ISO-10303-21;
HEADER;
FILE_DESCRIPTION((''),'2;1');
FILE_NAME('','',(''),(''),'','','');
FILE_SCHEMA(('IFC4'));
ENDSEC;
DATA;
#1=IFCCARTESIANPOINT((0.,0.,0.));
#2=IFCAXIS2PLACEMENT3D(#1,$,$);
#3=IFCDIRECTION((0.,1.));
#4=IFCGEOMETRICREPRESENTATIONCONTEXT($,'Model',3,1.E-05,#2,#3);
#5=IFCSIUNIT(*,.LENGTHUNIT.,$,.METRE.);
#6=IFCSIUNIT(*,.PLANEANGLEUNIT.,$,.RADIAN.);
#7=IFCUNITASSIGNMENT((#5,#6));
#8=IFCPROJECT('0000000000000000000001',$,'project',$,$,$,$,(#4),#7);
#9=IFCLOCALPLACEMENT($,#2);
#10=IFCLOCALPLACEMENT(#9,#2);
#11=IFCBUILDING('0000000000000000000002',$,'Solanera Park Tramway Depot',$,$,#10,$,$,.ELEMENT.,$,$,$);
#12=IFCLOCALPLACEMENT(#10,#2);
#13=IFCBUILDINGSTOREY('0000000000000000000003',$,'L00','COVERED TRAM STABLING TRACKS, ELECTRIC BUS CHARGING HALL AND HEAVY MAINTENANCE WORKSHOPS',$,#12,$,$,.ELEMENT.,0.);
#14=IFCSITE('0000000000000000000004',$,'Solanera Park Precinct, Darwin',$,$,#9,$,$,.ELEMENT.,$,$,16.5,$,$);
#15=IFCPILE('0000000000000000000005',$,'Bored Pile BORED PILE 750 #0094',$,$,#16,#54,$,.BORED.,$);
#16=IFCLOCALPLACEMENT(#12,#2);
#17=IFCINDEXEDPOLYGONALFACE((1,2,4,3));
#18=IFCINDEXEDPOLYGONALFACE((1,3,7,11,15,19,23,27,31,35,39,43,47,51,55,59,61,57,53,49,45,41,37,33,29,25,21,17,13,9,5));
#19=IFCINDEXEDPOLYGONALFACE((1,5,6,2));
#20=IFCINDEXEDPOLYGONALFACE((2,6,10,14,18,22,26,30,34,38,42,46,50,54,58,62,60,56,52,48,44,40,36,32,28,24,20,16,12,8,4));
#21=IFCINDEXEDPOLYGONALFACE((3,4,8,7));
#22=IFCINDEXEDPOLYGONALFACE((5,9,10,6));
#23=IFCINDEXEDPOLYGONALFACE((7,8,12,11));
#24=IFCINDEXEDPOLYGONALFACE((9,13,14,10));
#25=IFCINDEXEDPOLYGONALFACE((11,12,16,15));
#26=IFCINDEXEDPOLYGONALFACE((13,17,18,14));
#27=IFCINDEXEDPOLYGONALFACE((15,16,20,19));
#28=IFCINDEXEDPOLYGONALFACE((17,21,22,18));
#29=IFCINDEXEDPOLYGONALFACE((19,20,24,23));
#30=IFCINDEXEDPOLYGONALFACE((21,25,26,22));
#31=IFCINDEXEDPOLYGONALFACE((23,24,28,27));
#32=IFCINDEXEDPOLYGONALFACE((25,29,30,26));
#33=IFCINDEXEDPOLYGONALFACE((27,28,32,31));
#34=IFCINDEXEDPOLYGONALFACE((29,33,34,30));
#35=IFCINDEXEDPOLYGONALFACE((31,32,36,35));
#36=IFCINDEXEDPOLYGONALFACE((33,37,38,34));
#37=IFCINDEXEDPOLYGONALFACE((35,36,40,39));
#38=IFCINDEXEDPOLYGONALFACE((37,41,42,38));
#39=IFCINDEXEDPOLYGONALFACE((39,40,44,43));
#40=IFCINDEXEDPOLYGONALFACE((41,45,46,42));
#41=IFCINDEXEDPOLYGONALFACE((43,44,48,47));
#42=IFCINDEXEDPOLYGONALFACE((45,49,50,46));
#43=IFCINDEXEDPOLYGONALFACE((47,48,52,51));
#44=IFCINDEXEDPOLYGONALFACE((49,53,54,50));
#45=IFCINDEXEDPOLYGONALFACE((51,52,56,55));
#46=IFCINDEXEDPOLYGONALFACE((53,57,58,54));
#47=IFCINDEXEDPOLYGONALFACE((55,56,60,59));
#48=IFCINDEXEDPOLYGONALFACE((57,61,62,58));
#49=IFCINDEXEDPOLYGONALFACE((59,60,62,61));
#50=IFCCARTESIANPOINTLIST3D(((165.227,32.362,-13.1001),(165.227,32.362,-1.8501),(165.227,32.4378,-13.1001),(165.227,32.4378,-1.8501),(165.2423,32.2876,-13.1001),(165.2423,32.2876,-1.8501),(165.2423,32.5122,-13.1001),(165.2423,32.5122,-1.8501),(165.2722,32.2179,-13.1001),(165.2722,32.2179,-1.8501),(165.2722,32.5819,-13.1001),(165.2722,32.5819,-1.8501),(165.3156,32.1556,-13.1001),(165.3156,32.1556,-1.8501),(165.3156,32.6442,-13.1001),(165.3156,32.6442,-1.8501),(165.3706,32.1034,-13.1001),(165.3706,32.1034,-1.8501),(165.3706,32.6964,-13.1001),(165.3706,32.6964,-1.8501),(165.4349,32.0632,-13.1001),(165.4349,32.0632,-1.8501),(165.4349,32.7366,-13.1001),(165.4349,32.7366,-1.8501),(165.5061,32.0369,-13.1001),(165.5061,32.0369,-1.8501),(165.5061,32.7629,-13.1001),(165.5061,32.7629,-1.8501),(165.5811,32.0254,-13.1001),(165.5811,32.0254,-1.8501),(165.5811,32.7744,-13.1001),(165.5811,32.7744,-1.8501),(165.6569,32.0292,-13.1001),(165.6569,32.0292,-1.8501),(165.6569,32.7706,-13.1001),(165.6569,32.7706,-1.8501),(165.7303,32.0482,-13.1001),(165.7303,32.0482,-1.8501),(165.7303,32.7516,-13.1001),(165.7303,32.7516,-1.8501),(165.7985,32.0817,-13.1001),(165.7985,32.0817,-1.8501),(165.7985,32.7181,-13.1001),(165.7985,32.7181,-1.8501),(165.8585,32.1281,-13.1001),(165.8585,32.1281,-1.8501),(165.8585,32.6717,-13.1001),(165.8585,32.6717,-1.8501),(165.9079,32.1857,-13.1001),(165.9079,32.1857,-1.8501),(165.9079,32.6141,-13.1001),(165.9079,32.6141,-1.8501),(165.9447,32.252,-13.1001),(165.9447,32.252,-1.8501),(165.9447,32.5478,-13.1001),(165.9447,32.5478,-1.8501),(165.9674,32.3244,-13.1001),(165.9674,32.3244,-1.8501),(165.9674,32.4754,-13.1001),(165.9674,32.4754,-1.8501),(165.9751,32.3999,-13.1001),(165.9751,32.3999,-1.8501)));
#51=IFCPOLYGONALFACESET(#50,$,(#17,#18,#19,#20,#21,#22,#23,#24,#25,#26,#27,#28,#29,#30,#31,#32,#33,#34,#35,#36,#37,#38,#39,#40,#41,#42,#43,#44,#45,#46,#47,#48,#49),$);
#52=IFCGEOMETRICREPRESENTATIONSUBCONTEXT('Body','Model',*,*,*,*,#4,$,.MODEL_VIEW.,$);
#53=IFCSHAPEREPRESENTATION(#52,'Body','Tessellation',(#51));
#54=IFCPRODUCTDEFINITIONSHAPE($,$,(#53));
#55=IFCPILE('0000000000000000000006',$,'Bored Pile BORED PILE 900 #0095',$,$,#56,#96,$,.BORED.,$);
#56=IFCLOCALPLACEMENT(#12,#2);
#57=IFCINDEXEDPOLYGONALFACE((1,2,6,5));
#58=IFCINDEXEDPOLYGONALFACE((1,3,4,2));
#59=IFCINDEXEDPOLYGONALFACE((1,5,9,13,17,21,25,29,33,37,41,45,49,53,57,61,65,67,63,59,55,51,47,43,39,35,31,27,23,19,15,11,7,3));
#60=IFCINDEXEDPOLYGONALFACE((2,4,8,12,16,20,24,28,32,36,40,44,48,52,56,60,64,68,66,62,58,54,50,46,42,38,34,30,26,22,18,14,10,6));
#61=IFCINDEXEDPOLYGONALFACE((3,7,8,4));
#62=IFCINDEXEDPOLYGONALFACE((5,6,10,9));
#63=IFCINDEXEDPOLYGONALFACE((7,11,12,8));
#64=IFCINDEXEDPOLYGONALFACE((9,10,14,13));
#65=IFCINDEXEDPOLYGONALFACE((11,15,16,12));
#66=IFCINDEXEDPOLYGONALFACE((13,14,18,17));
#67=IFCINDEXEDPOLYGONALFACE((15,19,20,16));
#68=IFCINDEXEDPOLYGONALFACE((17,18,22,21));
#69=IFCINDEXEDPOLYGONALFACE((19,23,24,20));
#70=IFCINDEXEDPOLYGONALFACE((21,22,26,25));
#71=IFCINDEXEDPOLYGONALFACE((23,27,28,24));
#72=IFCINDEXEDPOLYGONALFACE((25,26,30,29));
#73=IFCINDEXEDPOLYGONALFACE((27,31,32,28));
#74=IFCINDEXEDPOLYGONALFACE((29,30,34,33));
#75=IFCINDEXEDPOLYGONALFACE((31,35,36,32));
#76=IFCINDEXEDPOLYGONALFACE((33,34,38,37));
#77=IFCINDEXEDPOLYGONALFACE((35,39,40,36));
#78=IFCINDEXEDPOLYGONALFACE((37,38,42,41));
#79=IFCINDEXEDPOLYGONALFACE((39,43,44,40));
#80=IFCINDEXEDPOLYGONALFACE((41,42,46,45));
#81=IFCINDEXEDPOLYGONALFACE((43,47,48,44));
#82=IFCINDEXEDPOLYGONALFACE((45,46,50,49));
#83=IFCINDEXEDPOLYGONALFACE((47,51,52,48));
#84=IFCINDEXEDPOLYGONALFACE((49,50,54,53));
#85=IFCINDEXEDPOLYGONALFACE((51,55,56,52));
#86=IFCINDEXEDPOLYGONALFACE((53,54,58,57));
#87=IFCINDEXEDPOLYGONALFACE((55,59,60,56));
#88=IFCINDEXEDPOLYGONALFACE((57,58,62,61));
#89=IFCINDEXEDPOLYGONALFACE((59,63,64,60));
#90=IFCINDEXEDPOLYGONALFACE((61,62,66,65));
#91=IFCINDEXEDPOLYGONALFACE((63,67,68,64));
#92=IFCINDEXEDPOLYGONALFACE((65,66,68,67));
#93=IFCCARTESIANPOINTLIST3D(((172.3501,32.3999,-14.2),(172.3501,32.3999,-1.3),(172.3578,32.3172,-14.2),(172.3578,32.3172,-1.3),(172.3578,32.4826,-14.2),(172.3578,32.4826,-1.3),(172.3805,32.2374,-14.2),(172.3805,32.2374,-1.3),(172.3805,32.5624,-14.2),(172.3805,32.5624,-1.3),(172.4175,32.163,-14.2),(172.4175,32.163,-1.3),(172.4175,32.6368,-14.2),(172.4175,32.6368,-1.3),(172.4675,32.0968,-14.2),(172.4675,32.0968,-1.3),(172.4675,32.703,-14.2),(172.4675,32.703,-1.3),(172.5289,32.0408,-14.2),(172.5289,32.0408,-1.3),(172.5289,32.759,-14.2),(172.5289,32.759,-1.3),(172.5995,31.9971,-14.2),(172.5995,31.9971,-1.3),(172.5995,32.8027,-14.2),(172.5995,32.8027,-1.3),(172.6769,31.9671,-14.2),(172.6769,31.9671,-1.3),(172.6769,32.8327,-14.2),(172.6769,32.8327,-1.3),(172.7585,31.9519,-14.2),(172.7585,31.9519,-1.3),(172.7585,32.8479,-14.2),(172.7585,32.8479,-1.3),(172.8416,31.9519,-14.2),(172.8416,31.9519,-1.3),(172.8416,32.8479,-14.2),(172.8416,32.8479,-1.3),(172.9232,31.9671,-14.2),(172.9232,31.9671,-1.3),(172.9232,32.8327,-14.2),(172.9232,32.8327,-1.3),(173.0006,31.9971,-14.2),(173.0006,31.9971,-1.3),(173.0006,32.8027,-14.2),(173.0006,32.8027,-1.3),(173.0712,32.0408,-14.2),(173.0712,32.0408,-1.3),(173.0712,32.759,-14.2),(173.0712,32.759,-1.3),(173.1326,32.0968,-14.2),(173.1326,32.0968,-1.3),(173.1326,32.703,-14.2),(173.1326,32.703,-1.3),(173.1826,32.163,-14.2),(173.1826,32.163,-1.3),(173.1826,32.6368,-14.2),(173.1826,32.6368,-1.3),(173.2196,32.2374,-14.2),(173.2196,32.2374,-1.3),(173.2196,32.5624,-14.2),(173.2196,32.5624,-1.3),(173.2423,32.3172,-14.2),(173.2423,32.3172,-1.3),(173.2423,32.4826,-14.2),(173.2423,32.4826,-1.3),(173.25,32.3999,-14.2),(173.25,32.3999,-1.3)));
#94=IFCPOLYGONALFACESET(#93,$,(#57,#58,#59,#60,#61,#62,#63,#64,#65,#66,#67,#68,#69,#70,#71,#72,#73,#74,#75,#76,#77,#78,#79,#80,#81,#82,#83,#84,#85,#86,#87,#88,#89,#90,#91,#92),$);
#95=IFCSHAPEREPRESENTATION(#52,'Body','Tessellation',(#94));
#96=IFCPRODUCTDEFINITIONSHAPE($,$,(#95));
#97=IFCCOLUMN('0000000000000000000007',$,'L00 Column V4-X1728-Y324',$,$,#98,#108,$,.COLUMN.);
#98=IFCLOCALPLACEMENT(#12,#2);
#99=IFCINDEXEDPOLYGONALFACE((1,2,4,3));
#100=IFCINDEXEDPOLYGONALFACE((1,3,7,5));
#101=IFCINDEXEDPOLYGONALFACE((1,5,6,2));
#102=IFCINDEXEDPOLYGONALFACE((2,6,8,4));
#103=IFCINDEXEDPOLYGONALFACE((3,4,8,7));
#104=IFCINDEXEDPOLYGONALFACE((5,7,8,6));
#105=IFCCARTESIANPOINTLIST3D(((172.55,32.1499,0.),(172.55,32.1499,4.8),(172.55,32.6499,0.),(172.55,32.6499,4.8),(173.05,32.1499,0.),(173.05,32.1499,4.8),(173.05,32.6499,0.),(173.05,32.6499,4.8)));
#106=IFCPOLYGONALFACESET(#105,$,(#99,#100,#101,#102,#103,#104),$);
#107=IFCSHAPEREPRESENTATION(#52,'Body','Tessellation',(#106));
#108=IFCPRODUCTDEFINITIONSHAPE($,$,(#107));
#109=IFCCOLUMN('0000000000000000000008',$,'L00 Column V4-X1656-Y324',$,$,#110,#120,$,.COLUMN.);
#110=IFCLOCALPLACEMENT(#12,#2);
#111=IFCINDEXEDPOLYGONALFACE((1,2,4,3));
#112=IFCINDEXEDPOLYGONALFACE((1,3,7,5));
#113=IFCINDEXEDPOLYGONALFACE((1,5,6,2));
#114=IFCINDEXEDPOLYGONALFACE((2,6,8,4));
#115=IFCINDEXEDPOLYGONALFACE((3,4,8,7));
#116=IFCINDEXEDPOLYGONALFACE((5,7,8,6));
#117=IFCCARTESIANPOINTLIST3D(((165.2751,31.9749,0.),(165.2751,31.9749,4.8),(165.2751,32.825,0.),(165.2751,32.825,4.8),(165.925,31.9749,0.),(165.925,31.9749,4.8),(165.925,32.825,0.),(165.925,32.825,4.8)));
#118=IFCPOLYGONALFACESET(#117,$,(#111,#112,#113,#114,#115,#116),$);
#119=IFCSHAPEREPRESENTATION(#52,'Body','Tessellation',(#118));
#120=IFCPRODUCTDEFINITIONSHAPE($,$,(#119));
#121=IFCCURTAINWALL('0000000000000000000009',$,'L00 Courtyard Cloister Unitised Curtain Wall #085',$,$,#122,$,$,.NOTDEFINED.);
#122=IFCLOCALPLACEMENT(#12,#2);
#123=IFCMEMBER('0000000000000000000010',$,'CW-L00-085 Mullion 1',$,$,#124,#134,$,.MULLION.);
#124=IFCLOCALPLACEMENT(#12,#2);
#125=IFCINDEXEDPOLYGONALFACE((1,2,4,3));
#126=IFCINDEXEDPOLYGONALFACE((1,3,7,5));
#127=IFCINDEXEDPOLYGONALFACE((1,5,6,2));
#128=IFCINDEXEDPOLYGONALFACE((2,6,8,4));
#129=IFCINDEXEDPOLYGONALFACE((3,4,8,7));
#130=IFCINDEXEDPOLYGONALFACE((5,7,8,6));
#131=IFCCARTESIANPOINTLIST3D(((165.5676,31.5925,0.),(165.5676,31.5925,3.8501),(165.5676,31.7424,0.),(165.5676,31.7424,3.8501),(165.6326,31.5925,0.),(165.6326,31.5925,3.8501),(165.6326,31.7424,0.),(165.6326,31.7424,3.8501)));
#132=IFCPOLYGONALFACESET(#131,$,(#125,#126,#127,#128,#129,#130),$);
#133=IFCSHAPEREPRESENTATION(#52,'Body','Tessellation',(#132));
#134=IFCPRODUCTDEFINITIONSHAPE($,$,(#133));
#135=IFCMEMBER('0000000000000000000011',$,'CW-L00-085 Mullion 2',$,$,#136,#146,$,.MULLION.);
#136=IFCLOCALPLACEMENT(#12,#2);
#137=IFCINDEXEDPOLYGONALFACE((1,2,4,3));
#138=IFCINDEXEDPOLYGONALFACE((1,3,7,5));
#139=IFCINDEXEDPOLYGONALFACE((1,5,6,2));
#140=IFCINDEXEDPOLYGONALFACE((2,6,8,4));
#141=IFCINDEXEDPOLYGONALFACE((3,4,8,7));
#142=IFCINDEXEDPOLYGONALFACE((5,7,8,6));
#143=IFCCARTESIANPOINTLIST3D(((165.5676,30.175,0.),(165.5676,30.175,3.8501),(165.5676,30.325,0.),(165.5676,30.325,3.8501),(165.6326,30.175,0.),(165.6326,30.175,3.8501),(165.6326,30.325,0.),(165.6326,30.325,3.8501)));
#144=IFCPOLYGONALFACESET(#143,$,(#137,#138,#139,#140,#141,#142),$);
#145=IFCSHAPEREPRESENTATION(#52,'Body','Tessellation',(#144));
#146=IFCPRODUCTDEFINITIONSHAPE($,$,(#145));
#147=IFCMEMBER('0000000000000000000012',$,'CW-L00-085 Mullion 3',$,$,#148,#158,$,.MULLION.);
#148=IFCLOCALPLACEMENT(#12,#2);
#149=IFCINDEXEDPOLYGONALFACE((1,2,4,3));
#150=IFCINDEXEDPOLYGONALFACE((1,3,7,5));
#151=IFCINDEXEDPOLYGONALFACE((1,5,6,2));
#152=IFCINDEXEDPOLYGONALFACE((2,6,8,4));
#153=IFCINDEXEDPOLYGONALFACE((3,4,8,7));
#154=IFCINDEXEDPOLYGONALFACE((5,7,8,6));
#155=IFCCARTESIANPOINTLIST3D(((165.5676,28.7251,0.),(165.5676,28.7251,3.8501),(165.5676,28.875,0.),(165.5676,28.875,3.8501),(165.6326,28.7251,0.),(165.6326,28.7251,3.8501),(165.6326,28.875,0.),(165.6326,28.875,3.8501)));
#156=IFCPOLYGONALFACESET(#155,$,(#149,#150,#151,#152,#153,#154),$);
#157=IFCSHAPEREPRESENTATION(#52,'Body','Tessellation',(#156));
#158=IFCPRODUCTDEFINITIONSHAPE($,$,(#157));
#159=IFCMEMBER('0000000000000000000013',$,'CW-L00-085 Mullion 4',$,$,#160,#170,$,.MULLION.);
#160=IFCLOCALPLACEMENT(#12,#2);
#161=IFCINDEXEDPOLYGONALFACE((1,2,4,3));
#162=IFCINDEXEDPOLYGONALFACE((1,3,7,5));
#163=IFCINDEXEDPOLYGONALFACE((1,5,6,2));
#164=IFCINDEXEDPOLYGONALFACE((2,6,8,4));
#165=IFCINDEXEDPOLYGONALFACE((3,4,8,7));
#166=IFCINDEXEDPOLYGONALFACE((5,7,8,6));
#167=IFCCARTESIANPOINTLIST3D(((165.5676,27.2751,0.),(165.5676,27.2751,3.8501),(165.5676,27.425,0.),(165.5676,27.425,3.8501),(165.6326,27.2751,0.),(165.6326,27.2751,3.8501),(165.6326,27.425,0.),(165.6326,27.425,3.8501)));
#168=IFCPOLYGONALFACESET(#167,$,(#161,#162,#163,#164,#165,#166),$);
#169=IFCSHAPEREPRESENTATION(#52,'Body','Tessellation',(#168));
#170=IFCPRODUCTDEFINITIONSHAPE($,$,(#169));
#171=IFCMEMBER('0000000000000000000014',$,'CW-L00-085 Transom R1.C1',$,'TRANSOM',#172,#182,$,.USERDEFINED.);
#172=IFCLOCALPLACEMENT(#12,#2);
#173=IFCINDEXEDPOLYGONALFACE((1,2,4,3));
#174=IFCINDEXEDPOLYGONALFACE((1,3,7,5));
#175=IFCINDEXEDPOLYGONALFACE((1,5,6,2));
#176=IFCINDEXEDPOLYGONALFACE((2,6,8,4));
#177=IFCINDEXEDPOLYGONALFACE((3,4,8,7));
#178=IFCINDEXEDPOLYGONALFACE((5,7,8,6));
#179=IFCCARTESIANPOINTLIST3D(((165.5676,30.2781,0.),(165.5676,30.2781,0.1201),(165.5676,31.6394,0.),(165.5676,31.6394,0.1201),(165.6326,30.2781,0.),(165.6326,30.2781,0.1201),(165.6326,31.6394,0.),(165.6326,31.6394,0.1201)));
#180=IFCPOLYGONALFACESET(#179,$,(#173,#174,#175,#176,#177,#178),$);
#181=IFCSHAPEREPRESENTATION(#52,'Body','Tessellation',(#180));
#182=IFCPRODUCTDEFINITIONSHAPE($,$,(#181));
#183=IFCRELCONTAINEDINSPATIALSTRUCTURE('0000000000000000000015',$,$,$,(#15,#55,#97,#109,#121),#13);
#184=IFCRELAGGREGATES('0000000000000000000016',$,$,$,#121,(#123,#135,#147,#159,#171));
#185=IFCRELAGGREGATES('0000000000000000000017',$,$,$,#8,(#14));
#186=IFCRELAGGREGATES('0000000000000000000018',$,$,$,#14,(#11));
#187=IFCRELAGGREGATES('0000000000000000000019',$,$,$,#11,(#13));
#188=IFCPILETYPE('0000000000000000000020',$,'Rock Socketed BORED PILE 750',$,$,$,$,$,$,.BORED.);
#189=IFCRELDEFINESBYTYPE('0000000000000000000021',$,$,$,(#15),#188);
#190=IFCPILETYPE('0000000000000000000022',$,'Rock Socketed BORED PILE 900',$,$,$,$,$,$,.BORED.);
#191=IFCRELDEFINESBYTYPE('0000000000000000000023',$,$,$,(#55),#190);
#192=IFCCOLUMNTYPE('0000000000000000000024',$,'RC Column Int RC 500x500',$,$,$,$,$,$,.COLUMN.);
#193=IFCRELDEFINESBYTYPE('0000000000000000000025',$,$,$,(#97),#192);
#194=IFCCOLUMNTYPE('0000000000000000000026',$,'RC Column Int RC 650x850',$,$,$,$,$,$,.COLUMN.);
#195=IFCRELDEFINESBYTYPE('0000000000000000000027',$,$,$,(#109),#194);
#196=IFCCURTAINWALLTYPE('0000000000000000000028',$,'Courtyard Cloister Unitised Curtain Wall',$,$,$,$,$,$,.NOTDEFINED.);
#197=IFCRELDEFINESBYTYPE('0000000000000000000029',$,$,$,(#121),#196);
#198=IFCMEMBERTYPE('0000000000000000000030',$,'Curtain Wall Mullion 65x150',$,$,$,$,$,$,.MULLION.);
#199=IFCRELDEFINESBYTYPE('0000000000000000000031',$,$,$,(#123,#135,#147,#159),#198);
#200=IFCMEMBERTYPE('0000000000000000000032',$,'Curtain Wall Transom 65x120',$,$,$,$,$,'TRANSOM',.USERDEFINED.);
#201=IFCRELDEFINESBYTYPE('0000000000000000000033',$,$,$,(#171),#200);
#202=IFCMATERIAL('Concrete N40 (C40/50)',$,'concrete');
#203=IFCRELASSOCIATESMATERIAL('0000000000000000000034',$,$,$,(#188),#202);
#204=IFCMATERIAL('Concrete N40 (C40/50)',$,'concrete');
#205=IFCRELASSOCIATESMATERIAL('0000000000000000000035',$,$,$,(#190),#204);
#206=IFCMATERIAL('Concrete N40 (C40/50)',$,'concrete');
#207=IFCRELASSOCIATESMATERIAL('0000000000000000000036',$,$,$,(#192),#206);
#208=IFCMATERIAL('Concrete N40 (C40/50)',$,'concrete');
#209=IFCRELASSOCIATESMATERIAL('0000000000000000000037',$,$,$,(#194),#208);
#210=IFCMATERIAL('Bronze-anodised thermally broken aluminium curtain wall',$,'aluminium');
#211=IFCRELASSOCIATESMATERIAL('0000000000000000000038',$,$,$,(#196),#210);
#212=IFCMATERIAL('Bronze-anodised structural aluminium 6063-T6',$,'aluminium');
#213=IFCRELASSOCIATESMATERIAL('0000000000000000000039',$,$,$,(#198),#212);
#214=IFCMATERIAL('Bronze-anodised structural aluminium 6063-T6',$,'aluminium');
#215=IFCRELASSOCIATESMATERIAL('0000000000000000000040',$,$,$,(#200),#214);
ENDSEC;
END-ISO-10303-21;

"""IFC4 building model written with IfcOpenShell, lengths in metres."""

from ifc_helpers import new_model, si_unit, direction, frame, origin, origin_2d, place, context, subcontext, project, spatial, rectangle, circle, extrude, material, material_profile, profile_set, type_object, element, aggregate, save


model = new_model("IFC4")

# Units and contexts
model_context = context("Model", 3, precision=1e-05, world=origin(), true_north=direction((0.0, 1.0)))
body_context = subcontext(model_context, "Body", "Model", "MODEL_VIEW")
ifc_project = project(units=[si_unit("LENGTHUNIT", "METRE"), si_unit("PLANEANGLEUNIT", "RADIAN")], contexts=[model_context])

# Site, building, storey
site_placement = place(None, origin())
site = spatial("IfcSite", under=ifc_project, at=site_placement, Name="Solanera Park Precinct, Darwin", CompositionType="ELEMENT", RefElevation=16.5)
building_placement = place(site_placement, origin())
building = spatial("IfcBuilding", under=site, at=building_placement, Name="Solanera Park Tramway Depot", CompositionType="ELEMENT")
storey_placement = place(building_placement, origin())
storey = spatial("IfcBuildingStorey", under=building, at=storey_placement, Name="L00", Description="COVERED TRAM STABLING TRACKS, ELECTRIC BUS CHARGING HALL AND HEAVY MAINTENANCE WORKSHOPS", CompositionType="ELEMENT", Elevation=0.0)

# Piles
ifc_material_1 = material(Name="Concrete N40 (C40/50)", Category="concrete")
ifc_material_profile_1 = material_profile(ifc_material_1, circle(Radius=0.375, at=origin_2d()), Name="BORED PILE 750")
ifc_profile_set_1 = profile_set([ifc_material_profile_1], Name="Concrete N40 (C40/50)")
pile_type_1 = type_object("IfcPileType", Name="Rock Socketed BORED PILE 750", PredefinedType="BORED", material=ifc_profile_set_1)
pile_1_placement = place(storey_placement, frame((165.6001, 32.3999, -1.8501), z_axis=(0.0, 0.0, -1.0), x_axis=(1.0, 0.0, 0.0)))
element("IfcPile", 1, at=pile_1_placement, inside=storey, type_object=pile_type_1, Name="Bored Pile BORED PILE 750 #0094", PredefinedType="BORED", context=body_context, shape_type="SweptSolid", body=[
    extrude(circle(Radius=0.375, at=origin_2d()), origin(), (0.0, 0.0, 1.0), 11.25),
])
ifc_material_2 = material(Name="Concrete N40 (C40/50)", Category="concrete")
ifc_material_profile_2 = material_profile(ifc_material_2, circle(Radius=0.45, at=origin_2d()), Name="BORED PILE 900")
ifc_profile_set_2 = profile_set([ifc_material_profile_2], Name="Concrete N40 (C40/50)")
pile_type_2 = type_object("IfcPileType", Name="Rock Socketed BORED PILE 900", PredefinedType="BORED", material=ifc_profile_set_2)
pile_2_placement = place(storey_placement, frame((172.8, 32.3999, -1.3), z_axis=(0.0, 0.0, -1.0), x_axis=(1.0, 0.0, 0.0)))
element("IfcPile", 2, at=pile_2_placement, inside=storey, type_object=pile_type_2, Name="Bored Pile BORED PILE 900 #0095", PredefinedType="BORED", context=body_context, shape_type="SweptSolid", body=[
    extrude(circle(Radius=0.45, at=origin_2d()), origin(), (0.0, 0.0, 1.0), 12.8999),
])

# Columns
ifc_material_3 = material(Name="Concrete N40 (C40/50)", Category="concrete")
ifc_material_profile_3 = material_profile(ifc_material_3, rectangle(XDim=0.5, YDim=0.5, at=origin_2d()), Name="RC 500x500")
ifc_profile_set_3 = profile_set([ifc_material_profile_3], Name="Concrete N40 (C40/50)")
column_type_1 = type_object("IfcColumnType", Name="RC Column Int RC 500x500", PredefinedType="COLUMN", material=ifc_profile_set_3)
column_1_placement = place(storey_placement, frame((172.8, 32.3999, 0.0), z_axis=(0.0, 0.0, 1.0), x_axis=(1.0, 0.0, 0.0)))
element("IfcColumn", 3, at=column_1_placement, inside=storey, type_object=column_type_1, Name="L00 Column V4-X1728-Y324", PredefinedType="COLUMN", context=body_context, shape_type="SweptSolid", body=[
    extrude(rectangle(XDim=0.5, YDim=0.5, at=origin_2d()), origin(), (0.0, 0.0, 1.0), 4.8),
])
ifc_material_4 = material(Name="Concrete N40 (C40/50)", Category="concrete")
ifc_material_profile_4 = material_profile(ifc_material_4, rectangle(XDim=0.6499, YDim=0.8501, at=origin_2d()), Name="RC 650x850")
ifc_profile_set_4 = profile_set([ifc_material_profile_4], Name="Concrete N40 (C40/50)")
column_type_2 = type_object("IfcColumnType", Name="RC Column Int RC 650x850", PredefinedType="COLUMN", material=ifc_profile_set_4)
column_2_placement = place(storey_placement, frame((165.6001, 32.3999, 0.0), z_axis=(0.0, 0.0, 1.0), x_axis=(1.0, 0.0, 0.0)))
element("IfcColumn", 4, at=column_2_placement, inside=storey, type_object=column_type_2, Name="L00 Column V4-X1656-Y324", PredefinedType="COLUMN", context=body_context, shape_type="SweptSolid", body=[
    extrude(rectangle(XDim=0.6499, YDim=0.8501, at=origin_2d()), origin(), (0.0, 0.0, 1.0), 4.8),
])

# Curtain wall, members
ifc_material_5 = material(Name="Bronze-anodised thermally broken aluminium curtain wall", Category="aluminium")
curtain_wall_type = type_object("IfcCurtainWallType", Name="Courtyard Cloister Unitised Curtain Wall", PredefinedType="NOTDEFINED", material=ifc_material_5)
curtain_wall_placement = place(storey_placement, origin())
curtain_wall = element("IfcCurtainWall", 5, at=curtain_wall_placement, inside=storey, type_object=curtain_wall_type, Name="L00 Courtyard Cloister Unitised Curtain Wall #085", PredefinedType="NOTDEFINED")
ifc_material_6 = material(Name="Bronze-anodised structural aluminium 6063-T6", Category="aluminium")
ifc_material_profile_5 = material_profile(ifc_material_6, rectangle(XDim=0.0649, YDim=0.1499, at=origin_2d()), Name="Curtain Wall Mullion 65x150")
ifc_profile_set_5 = profile_set([ifc_material_profile_5], Name="Bronze-anodised structural aluminium 6063-T6")
member_type_1 = type_object("IfcMemberType", Name="Curtain Wall Mullion 65x150", PredefinedType="MULLION", material=ifc_profile_set_5)
member_1_placement = place(storey_placement, frame((165.6001, 31.6675, 0.0), z_axis=(0.0, 0.0, 1.0), x_axis=(1.0, 0.0, 0.0)))
member_1 = element("IfcMember", 6, at=member_1_placement, type_object=member_type_1, Name="CW-L00-085 Mullion 1", PredefinedType="MULLION", context=body_context, shape_type="SweptSolid", body=[
    extrude(rectangle(XDim=0.0649, YDim=0.1499, at=origin_2d()), origin(), (0.0, 0.0, 1.0), 3.8501),
])
member_2_placement = place(storey_placement, frame((165.6001, 30.25, 0.0), z_axis=(0.0, 0.0, 1.0), x_axis=(1.0, 0.0, 0.0)))
member_2 = element("IfcMember", 7, at=member_2_placement, type_object=member_type_1, Name="CW-L00-085 Mullion 2", PredefinedType="MULLION", context=body_context, shape_type="SweptSolid", body=[
    extrude(rectangle(XDim=0.0649, YDim=0.1499, at=origin_2d()), origin(), (0.0, 0.0, 1.0), 3.8501),
])
member_3_placement = place(storey_placement, frame((165.6001, 28.8, 0.0), z_axis=(0.0, 0.0, 1.0), x_axis=(1.0, 0.0, 0.0)))
member_3 = element("IfcMember", 8, at=member_3_placement, type_object=member_type_1, Name="CW-L00-085 Mullion 3", PredefinedType="MULLION", context=body_context, shape_type="SweptSolid", body=[
    extrude(rectangle(XDim=0.0649, YDim=0.1499, at=origin_2d()), origin(), (0.0, 0.0, 1.0), 3.8501),
])
member_4_placement = place(storey_placement, frame((165.6001, 27.3501, 0.0), z_axis=(0.0, 0.0, 1.0), x_axis=(1.0, 0.0, 0.0)))
member_4 = element("IfcMember", 9, at=member_4_placement, type_object=member_type_1, Name="CW-L00-085 Mullion 4", PredefinedType="MULLION", context=body_context, shape_type="SweptSolid", body=[
    extrude(rectangle(XDim=0.0649, YDim=0.1499, at=origin_2d()), origin(), (0.0, 0.0, 1.0), 3.8501),
])
ifc_material_7 = material(Name="Bronze-anodised structural aluminium 6063-T6", Category="aluminium")
ifc_material_profile_6 = material_profile(ifc_material_7, rectangle(XDim=0.0649, YDim=0.1201, at=origin_2d()), Name="Curtain Wall Transom 65x120")
ifc_profile_set_6 = profile_set([ifc_material_profile_6], Name="Bronze-anodised structural aluminium 6063-T6")
member_type_2 = type_object("IfcMemberType", Name="Curtain Wall Transom 65x120", ElementType="TRANSOM", PredefinedType="USERDEFINED", material=ifc_profile_set_6)
member_5_placement = place(storey_placement, frame((165.6001, 31.6394, 0.0601), z_axis=(0.0, -1.0, 0.0), x_axis=(1.0, 0.0, 0.0)))
member_5 = element("IfcMember", 10, at=member_5_placement, type_object=member_type_2, Name="CW-L00-085 Transom R1.C1", ObjectType="TRANSOM", PredefinedType="USERDEFINED", context=body_context, shape_type="SweptSolid", body=[
    extrude(rectangle(XDim=0.0649, YDim=0.1201, at=origin_2d()), origin(), (0.0, 0.0, 1.0), 1.3613),
])
aggregate(curtain_wall, [member_1, member_2, member_3, member_4, member_5])

save(model, "model.ifc")
